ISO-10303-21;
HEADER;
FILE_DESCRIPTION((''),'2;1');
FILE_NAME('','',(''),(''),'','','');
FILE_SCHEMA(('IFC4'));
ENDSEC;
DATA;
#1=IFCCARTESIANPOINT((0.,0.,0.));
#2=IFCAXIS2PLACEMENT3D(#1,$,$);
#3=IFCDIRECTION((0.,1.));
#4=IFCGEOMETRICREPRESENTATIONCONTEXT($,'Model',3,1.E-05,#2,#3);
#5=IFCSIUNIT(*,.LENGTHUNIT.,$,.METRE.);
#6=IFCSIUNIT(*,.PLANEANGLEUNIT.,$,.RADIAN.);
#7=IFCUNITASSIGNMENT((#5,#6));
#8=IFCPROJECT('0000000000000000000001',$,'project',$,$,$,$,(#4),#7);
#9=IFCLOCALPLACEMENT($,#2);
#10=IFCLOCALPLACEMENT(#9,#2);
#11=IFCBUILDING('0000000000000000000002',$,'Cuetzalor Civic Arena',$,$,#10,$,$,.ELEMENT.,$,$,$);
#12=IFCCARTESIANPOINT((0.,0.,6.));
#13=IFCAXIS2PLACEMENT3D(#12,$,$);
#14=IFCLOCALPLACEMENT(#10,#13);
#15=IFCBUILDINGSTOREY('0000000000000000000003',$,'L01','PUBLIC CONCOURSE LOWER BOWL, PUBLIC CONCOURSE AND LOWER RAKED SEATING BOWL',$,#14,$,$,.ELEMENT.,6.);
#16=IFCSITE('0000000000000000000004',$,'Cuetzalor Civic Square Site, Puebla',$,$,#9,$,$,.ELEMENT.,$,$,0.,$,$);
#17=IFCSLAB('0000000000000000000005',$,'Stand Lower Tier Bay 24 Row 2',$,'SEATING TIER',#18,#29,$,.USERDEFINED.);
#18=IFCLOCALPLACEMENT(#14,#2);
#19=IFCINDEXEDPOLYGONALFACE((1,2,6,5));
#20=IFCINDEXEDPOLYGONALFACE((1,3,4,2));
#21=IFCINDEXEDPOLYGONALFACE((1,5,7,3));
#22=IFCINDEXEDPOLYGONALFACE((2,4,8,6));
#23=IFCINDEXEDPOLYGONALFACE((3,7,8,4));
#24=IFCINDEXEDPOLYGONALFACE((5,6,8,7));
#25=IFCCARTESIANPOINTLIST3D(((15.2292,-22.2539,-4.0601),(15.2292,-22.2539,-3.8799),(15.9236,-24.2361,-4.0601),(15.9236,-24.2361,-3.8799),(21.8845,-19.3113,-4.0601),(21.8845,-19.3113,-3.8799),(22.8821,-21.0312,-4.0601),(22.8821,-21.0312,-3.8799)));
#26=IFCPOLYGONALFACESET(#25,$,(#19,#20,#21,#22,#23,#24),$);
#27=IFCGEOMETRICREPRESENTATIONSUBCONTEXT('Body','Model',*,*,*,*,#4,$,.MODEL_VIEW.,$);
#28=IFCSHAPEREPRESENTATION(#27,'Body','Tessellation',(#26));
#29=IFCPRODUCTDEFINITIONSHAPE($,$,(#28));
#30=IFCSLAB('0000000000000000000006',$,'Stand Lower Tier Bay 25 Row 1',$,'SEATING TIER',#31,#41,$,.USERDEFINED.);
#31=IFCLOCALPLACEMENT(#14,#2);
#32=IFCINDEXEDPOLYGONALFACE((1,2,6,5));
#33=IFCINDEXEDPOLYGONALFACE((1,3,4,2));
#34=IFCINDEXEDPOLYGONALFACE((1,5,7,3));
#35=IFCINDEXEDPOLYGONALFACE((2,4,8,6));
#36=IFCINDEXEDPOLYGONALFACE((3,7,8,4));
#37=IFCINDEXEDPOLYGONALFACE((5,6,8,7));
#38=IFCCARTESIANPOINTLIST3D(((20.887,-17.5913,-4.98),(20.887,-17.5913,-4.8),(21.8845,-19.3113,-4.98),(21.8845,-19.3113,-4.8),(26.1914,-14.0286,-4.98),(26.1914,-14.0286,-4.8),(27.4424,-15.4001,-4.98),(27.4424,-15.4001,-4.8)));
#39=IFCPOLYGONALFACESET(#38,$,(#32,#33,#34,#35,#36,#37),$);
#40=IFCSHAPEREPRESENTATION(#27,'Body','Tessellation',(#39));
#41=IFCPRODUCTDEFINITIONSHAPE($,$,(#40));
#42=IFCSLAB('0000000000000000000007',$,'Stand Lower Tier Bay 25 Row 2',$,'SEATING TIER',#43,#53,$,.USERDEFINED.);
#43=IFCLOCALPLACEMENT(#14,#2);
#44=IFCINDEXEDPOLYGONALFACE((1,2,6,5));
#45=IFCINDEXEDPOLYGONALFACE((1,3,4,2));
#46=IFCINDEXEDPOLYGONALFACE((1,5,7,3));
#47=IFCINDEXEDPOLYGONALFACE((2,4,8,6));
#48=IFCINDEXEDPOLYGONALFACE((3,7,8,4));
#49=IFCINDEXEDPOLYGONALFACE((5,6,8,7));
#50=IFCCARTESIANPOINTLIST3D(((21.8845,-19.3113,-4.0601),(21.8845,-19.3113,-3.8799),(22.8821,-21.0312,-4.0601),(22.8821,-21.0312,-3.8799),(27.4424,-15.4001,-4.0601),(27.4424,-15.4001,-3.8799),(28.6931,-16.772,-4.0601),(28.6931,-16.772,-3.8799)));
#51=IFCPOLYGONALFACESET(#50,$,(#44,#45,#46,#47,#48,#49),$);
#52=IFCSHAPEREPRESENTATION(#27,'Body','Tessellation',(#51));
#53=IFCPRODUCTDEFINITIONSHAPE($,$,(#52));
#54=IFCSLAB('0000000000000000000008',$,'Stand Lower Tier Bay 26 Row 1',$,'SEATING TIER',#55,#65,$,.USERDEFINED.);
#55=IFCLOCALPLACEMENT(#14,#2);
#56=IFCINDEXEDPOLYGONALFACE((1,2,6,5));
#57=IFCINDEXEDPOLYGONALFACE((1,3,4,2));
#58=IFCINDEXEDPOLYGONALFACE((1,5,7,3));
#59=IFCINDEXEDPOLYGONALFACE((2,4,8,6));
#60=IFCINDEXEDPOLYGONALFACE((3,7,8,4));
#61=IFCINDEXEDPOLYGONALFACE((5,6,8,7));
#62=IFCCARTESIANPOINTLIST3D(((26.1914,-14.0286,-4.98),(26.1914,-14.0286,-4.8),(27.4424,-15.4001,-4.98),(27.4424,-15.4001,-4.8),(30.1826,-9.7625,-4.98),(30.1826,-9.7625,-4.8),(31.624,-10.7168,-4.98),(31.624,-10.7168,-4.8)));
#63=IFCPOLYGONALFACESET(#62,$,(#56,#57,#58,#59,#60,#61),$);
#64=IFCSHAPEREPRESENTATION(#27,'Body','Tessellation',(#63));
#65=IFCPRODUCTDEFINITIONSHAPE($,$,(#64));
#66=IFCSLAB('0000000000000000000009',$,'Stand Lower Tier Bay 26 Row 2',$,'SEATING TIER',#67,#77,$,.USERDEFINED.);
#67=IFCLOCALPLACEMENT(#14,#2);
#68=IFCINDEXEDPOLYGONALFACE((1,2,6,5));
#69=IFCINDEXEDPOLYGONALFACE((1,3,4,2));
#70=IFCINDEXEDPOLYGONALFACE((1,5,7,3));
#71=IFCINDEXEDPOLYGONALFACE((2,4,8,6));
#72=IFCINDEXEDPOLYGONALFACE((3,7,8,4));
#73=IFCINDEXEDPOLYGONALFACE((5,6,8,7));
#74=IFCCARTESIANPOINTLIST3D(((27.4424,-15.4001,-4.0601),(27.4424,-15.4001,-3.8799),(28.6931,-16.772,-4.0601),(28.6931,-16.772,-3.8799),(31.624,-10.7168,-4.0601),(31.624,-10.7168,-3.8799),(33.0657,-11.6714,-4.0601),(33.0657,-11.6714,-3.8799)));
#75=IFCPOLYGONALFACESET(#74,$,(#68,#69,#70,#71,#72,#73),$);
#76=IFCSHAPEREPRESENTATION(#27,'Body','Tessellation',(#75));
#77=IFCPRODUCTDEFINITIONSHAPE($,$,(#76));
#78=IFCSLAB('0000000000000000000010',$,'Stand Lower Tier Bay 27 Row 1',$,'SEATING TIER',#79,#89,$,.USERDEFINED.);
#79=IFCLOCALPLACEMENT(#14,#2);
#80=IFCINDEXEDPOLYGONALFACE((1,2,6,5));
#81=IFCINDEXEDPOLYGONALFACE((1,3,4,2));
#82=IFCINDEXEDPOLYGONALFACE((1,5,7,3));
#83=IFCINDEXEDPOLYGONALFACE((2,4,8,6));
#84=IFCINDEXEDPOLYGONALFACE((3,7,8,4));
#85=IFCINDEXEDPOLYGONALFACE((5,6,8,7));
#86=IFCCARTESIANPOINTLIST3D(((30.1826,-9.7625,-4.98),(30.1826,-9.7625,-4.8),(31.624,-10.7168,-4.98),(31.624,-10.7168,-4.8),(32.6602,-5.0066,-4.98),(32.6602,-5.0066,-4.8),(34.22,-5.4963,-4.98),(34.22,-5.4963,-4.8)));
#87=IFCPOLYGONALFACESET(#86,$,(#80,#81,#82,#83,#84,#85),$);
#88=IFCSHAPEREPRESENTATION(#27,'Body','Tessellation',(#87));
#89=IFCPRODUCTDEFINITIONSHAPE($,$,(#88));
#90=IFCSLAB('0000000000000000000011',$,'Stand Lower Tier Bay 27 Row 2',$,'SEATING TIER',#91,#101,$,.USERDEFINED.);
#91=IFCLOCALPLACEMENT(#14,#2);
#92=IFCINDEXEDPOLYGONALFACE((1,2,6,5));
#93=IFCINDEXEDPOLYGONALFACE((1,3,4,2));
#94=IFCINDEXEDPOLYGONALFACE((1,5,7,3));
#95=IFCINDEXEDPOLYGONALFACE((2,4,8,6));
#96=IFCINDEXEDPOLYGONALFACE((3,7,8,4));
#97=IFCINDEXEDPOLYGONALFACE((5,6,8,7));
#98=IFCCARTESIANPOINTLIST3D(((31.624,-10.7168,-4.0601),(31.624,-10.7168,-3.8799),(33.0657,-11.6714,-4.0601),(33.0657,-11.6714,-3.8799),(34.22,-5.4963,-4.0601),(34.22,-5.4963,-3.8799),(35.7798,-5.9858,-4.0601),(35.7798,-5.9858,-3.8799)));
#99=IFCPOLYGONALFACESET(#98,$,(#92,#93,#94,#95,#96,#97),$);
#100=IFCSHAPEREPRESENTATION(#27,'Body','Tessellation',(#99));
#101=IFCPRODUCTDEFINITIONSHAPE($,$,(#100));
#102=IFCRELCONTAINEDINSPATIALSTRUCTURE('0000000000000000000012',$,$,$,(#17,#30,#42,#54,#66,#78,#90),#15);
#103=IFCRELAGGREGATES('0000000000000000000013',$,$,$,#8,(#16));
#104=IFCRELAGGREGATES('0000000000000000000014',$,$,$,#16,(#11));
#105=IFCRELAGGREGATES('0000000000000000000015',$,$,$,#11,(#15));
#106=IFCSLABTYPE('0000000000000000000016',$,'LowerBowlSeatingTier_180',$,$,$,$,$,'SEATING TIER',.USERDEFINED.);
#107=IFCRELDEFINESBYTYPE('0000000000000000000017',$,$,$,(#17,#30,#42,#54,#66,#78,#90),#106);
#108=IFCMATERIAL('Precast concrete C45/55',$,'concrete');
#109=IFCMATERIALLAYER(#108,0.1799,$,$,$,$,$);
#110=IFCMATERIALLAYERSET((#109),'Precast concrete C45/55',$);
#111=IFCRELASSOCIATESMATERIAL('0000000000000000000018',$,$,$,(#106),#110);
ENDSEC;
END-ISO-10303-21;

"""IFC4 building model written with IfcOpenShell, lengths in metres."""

from ifc_helpers import new_model, si_unit, direction, frame, origin, place, context, subcontext, project, spatial, polyline, outline, extrude, material, layer, layer_set, type_object, element, save


model = new_model("IFC4")

# Units and contexts
model_context = context("Model", 3, precision=1e-05, world=origin(), true_north=direction((0.0, 1.0)))
body_context = subcontext(model_context, "Body", "Model", "MODEL_VIEW")
ifc_project = project(units=[si_unit("LENGTHUNIT", "METRE"), si_unit("PLANEANGLEUNIT", "RADIAN")], contexts=[model_context])

# Site, building, storey
site_placement = place(None, origin())
site = spatial("IfcSite", under=ifc_project, at=site_placement, Name="Cuetzalor Civic Square Site, Puebla", CompositionType="ELEMENT", RefElevation=0.0)
building_placement = place(site_placement, origin())
building = spatial("IfcBuilding", under=site, at=building_placement, Name="Cuetzalor Civic Arena", CompositionType="ELEMENT")
storey_placement = place(building_placement, frame((0.0, 0.0, 6.0)))
storey = spatial("IfcBuildingStorey", under=building, at=storey_placement, Name="L01", Description="PUBLIC CONCOURSE LOWER BOWL, PUBLIC CONCOURSE AND LOWER RAKED SEATING BOWL", CompositionType="ELEMENT", Elevation=6.0)

# Slabs
ifc_material = material(Name="Precast concrete C45/55", Category="concrete")
ifc_layer = layer(ifc_material, 0.1799)
ifc_layer_set = layer_set([ifc_layer], Name="Precast concrete C45/55")
slab_type = type_object("IfcSlabType", Name="LowerBowlSeatingTier_180", ElementType="SEATING TIER", PredefinedType="USERDEFINED", material=ifc_layer_set)
slab_1_placement = place(storey_placement, frame((0.0, 0.0, -4.0601)))
element("IfcSlab", 1, at=slab_1_placement, inside=storey, type_object=slab_type, Name="Stand Lower Tier Bay 24 Row 2", ObjectType="SEATING TIER", PredefinedType="USERDEFINED", context=body_context, shape_type="SweptSolid", body=[
    extrude(outline(polyline([(15.2292, -22.2539), (21.8845, -19.3113), (22.8821, -21.0312), (15.9236, -24.2361), (15.2292, -22.2539)])), origin(), (0.0, 0.0, 1.0), 0.1802),
])
slab_2_placement = place(storey_placement, frame((0.0, 0.0, -4.98)))
element("IfcSlab", 2, at=slab_2_placement, inside=storey, type_object=slab_type, Name="Stand Lower Tier Bay 25 Row 1", ObjectType="SEATING TIER", PredefinedType="USERDEFINED", context=body_context, shape_type="SweptSolid", body=[
    extrude(outline(polyline([(20.887, -17.5913), (26.1914, -14.0286), (27.4424, -15.4001), (21.8845, -19.3113), (20.887, -17.5913)])), origin(), (0.0, 0.0, 1.0), 0.1799),
])
slab_3_placement = place(storey_placement, frame((0.0, 0.0, -4.0601)))
element("IfcSlab", 3, at=slab_3_placement, inside=storey, type_object=slab_type, Name="Stand Lower Tier Bay 25 Row 2", ObjectType="SEATING TIER", PredefinedType="USERDEFINED", context=body_context, shape_type="SweptSolid", body=[
    extrude(outline(polyline([(21.8845, -19.3113), (27.4424, -15.4001), (28.6931, -16.772), (22.8821, -21.0312), (21.8845, -19.3113)])), origin(), (0.0, 0.0, 1.0), 0.1802),
])
slab_4_placement = place(storey_placement, frame((0.0, 0.0, -4.98)))
element("IfcSlab", 4, at=slab_4_placement, inside=storey, type_object=slab_type, Name="Stand Lower Tier Bay 26 Row 1", ObjectType="SEATING TIER", PredefinedType="USERDEFINED", context=body_context, shape_type="SweptSolid", body=[
    extrude(outline(polyline([(26.1914, -14.0286), (30.1826, -9.7625), (31.624, -10.7168), (27.4424, -15.4001), (26.1914, -14.0286)])), origin(), (0.0, 0.0, 1.0), 0.1799),
])
slab_5_placement = place(storey_placement, frame((0.0, 0.0, -4.0601)))
element("IfcSlab", 5, at=slab_5_placement, inside=storey, type_object=slab_type, Name="Stand Lower Tier Bay 26 Row 2", ObjectType="SEATING TIER", PredefinedType="USERDEFINED", context=body_context, shape_type="SweptSolid", body=[
    extrude(outline(polyline([(27.4424, -15.4001), (31.624, -10.7168), (33.0657, -11.6714), (28.6931, -16.772), (27.4424, -15.4001)])), origin(), (0.0, 0.0, 1.0), 0.1802),
])
slab_6_placement = place(storey_placement, frame((0.0, 0.0, -4.98)))
element("IfcSlab", 6, at=slab_6_placement, inside=storey, type_object=slab_type, Name="Stand Lower Tier Bay 27 Row 1", ObjectType="SEATING TIER", PredefinedType="USERDEFINED", context=body_context, shape_type="SweptSolid", body=[
    extrude(outline(polyline([(30.1826, -9.7625), (32.6602, -5.0066), (34.22, -5.4963), (31.624, -10.7168), (30.1826, -9.7625)])), origin(), (0.0, 0.0, 1.0), 0.1799),
])
slab_7_placement = place(storey_placement, frame((0.0, 0.0, -4.0601)))
element("IfcSlab", 7, at=slab_7_placement, inside=storey, type_object=slab_type, Name="Stand Lower Tier Bay 27 Row 2", ObjectType="SEATING TIER", PredefinedType="USERDEFINED", context=body_context, shape_type="SweptSolid", body=[
    extrude(outline(polyline([(31.624, -10.7168), (34.22, -5.4963), (35.7798, -5.9858), (33.0657, -11.6714), (31.624, -10.7168)])), origin(), (0.0, 0.0, 1.0), 0.1802),
])

save(model, "model.ifc")
